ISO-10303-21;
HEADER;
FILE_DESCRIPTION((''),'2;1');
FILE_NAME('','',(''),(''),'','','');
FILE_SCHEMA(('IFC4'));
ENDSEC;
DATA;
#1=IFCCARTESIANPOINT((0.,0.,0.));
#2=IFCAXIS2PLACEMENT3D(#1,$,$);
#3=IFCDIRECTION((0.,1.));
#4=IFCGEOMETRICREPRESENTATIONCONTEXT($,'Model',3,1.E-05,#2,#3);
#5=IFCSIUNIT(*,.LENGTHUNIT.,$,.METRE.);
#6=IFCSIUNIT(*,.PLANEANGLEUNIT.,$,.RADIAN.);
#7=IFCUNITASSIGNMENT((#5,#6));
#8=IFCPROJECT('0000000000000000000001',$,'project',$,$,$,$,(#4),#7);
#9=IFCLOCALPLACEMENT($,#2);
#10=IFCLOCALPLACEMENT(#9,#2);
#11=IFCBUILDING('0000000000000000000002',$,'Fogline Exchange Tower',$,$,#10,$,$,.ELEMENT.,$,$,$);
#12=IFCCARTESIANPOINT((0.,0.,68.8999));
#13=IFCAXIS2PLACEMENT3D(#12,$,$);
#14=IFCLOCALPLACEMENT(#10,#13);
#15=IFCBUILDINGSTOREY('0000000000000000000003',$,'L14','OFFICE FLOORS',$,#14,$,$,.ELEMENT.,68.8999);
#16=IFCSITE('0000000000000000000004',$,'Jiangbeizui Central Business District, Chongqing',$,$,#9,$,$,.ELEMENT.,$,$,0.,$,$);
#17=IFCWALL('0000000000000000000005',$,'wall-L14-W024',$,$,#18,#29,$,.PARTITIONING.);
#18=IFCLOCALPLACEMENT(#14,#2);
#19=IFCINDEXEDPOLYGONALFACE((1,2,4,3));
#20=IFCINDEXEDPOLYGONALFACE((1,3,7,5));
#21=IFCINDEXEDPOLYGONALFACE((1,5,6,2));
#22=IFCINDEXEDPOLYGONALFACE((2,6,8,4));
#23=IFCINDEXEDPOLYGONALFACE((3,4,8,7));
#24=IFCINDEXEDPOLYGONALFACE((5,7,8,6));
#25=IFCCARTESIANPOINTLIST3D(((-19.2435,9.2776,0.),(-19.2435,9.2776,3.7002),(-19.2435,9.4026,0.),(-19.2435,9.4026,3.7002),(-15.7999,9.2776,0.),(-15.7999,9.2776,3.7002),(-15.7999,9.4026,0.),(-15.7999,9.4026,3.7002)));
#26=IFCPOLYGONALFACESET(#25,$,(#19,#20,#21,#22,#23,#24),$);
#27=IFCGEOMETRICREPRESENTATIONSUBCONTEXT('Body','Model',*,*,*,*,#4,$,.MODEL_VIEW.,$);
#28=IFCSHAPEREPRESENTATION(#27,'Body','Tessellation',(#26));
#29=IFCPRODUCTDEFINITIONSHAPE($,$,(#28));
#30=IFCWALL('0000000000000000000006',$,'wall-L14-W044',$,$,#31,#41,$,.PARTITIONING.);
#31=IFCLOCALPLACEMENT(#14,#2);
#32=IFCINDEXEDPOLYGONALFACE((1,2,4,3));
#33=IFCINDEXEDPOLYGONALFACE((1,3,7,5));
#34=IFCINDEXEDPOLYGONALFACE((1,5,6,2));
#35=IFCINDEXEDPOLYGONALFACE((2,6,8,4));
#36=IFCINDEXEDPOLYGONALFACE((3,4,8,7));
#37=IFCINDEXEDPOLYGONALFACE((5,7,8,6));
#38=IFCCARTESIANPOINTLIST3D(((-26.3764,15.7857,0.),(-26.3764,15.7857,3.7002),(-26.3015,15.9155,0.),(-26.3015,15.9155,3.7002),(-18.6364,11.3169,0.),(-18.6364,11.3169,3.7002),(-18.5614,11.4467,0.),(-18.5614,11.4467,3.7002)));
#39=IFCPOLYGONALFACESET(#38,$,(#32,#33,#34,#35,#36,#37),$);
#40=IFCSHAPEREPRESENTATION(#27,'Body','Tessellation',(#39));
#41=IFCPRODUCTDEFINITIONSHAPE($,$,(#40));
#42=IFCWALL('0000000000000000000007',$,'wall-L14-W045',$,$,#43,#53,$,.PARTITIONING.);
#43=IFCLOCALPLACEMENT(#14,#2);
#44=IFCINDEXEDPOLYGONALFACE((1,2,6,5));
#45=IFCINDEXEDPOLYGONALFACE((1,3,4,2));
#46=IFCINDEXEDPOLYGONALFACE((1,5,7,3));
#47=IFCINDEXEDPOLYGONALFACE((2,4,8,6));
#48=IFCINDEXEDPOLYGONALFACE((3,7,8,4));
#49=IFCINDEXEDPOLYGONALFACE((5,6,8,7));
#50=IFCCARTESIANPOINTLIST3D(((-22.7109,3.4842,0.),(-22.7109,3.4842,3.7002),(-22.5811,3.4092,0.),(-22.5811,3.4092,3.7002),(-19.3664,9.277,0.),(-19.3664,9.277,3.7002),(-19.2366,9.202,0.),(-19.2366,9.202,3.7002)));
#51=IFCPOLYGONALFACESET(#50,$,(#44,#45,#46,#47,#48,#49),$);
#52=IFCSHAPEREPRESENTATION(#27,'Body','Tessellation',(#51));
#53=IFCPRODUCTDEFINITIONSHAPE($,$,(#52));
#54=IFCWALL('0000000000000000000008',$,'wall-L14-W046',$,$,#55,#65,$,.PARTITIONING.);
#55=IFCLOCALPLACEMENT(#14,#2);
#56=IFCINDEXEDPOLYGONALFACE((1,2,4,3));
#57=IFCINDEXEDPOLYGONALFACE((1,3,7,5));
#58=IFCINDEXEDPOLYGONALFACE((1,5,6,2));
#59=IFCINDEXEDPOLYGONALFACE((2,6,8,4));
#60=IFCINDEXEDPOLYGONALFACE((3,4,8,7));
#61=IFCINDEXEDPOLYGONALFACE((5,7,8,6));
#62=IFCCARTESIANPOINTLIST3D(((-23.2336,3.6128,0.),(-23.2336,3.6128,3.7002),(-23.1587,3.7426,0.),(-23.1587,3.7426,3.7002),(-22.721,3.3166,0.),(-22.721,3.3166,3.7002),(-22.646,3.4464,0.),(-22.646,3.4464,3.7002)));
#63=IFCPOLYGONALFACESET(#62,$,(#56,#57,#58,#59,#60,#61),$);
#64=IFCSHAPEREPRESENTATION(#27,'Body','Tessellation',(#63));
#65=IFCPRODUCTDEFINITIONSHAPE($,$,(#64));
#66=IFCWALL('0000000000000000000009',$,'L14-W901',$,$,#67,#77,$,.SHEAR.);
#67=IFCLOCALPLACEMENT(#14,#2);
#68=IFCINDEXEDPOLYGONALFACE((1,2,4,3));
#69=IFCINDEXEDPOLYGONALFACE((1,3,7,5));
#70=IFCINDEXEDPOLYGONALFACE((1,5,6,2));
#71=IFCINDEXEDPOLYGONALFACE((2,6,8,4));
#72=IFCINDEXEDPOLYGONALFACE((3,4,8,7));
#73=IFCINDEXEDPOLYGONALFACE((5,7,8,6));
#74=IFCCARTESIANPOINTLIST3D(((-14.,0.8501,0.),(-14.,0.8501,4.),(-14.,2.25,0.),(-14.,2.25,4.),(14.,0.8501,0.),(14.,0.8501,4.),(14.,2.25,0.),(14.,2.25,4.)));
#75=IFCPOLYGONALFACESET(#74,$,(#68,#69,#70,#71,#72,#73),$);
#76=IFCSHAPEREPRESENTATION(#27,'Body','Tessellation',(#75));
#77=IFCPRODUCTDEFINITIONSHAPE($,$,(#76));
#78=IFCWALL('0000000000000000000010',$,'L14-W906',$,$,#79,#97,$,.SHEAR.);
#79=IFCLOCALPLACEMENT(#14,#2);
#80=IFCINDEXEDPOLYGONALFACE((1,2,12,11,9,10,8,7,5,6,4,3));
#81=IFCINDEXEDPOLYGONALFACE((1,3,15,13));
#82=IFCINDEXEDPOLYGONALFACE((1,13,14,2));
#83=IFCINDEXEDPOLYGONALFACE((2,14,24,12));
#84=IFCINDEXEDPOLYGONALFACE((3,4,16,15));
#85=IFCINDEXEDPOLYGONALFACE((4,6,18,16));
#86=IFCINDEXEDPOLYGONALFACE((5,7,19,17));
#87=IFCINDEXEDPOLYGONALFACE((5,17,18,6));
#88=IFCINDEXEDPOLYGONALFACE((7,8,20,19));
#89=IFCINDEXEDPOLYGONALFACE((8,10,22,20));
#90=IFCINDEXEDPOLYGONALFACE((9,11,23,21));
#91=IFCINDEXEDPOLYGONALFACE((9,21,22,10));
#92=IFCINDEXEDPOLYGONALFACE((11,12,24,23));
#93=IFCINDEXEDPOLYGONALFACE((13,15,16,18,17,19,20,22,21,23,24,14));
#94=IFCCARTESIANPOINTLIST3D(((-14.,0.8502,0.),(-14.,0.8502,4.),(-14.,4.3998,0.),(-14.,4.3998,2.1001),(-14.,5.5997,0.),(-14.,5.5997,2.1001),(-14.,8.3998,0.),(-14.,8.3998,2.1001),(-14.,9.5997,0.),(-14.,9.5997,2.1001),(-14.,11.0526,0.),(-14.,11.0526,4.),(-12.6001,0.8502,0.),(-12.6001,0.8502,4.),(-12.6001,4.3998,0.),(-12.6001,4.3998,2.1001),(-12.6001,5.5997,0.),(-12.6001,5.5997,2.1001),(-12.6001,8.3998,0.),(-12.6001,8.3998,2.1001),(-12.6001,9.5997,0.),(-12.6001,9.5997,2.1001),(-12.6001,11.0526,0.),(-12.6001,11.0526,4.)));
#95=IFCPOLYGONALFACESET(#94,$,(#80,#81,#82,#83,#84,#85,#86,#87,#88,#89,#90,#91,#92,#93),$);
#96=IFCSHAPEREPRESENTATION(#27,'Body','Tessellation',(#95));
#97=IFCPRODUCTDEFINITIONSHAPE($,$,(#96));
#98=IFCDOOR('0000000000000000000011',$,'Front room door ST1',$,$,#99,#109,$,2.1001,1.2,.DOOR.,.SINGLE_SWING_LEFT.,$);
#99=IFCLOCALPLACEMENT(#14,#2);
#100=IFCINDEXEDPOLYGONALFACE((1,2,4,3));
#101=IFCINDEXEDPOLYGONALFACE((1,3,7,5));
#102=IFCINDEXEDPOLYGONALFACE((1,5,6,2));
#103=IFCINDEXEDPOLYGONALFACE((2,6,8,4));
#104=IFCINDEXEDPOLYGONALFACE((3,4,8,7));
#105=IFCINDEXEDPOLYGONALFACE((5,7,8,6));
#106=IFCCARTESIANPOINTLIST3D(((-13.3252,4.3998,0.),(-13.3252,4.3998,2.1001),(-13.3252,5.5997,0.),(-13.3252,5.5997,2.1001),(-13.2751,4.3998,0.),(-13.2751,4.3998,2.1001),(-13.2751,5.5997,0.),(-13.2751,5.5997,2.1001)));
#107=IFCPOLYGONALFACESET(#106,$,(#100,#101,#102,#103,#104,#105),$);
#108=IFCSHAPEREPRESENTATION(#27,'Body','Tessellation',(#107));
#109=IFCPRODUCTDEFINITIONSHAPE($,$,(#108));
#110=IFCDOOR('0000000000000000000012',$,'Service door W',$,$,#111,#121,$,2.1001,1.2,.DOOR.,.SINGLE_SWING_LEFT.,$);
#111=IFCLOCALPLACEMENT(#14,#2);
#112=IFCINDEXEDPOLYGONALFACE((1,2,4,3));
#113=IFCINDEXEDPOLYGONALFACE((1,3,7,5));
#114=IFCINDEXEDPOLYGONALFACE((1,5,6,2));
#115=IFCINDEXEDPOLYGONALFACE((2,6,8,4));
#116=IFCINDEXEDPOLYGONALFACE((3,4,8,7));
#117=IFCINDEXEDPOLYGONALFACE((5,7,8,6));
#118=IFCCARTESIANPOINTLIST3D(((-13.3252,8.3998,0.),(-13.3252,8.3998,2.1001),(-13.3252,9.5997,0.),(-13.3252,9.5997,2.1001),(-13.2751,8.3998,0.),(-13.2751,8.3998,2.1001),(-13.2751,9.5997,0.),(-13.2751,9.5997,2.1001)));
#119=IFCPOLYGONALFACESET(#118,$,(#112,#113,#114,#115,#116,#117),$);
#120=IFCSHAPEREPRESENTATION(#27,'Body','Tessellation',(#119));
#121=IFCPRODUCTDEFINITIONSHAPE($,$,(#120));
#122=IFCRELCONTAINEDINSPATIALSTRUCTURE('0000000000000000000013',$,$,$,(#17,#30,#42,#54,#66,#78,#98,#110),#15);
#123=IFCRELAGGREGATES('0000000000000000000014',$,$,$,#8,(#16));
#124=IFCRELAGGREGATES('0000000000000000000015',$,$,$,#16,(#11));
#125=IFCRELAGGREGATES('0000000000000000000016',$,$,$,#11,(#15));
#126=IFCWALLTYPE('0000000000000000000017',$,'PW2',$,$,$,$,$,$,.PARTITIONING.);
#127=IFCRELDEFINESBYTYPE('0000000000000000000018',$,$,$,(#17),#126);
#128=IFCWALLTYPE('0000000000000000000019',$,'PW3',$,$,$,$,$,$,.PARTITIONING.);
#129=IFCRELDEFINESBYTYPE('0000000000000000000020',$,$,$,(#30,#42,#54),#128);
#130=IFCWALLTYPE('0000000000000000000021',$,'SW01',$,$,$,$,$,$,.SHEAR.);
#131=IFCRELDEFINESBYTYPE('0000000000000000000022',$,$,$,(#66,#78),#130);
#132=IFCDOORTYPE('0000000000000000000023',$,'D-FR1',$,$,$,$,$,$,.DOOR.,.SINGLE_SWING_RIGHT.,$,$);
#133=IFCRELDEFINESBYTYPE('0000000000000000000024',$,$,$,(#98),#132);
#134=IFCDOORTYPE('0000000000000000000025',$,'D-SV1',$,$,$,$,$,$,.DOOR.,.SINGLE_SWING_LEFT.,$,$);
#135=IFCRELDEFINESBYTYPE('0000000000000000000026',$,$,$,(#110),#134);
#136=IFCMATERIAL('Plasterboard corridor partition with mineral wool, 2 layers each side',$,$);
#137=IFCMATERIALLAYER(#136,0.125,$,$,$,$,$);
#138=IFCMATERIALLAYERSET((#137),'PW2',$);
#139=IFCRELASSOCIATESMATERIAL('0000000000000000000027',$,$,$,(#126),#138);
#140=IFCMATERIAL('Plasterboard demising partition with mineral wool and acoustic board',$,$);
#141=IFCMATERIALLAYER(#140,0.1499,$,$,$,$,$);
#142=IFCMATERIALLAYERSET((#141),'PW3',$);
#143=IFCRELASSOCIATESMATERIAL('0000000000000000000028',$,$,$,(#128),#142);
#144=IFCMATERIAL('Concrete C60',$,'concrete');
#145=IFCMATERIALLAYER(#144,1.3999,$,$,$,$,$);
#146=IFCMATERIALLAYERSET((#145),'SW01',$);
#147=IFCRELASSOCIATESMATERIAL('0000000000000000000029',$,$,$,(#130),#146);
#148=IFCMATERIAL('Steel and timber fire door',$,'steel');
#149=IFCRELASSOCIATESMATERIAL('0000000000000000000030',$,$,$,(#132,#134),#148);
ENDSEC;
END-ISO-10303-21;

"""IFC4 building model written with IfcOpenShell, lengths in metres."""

from ifc_helpers import new_model, si_unit, direction, frame, frame_2d, origin, place, context, subcontext, project, spatial, rectangle, extrude, material, layer, layer_set, type_object, element, fill, save


model = new_model("IFC4")

# Units and contexts
model_context = context("Model", 3, precision=1e-05, world=origin(), true_north=direction((0.0, 1.0)))
body_context = subcontext(model_context, "Body", "Model", "MODEL_VIEW")
ifc_project = project(units=[si_unit("LENGTHUNIT", "METRE"), si_unit("PLANEANGLEUNIT", "RADIAN")], contexts=[model_context])

# Site, building, storey
site_placement = place(None, origin())
site = spatial("IfcSite", under=ifc_project, at=site_placement, Name="Jiangbeizui Central Business District, Chongqing", CompositionType="ELEMENT", RefElevation=0.0)
building_placement = place(site_placement, origin())
building = spatial("IfcBuilding", under=site, at=building_placement, Name="Fogline Exchange Tower", CompositionType="ELEMENT")
storey_placement = place(building_placement, frame((0.0, 0.0, 68.8999)))
storey = spatial("IfcBuildingStorey", under=building, at=storey_placement, Name="L14", Description="OFFICE FLOORS", CompositionType="ELEMENT", Elevation=68.8999)

# Shared definitions
ifc_material_1 = material(Name="Plasterboard corridor partition with mineral wool, 2 layers each side")
ifc_layer_1 = layer(ifc_material_1, 0.125)
ifc_layer_set_1 = layer_set([ifc_layer_1], Name="PW2")
wall_type_1 = type_object("IfcWallType", Name="PW2", PredefinedType="PARTITIONING", material=ifc_layer_set_1)

# Walls
wall_1_placement = place(storey_placement, frame((-15.8, 9.3401, 0.0), z_axis=(0.0, 0.0, 1.0), x_axis=(-1.0, 0.0, 0.0)))
element("IfcWall", 1, at=wall_1_placement, inside=storey, type_object=wall_type_1, Name="wall-L14-W024", PredefinedType="PARTITIONING", context=body_context, shape_type="SweptSolid", body=[
    extrude(rectangle(XDim=3.4436, YDim=0.125, at=frame_2d((1.7217, 0.0))), origin(), (0.0, 0.0, 1.0), 3.7002),
])
ifc_material_2 = material(Name="Plasterboard demising partition with mineral wool and acoustic board")
ifc_layer_2 = layer(ifc_material_2, 0.1499)
ifc_layer_set_2 = layer_set([ifc_layer_2], Name="PW3")
wall_type_2 = type_object("IfcWallType", Name="PW3", PredefinedType="PARTITIONING", material=ifc_layer_set_2)
wall_2_placement = place(storey_placement, frame((-18.5989, 11.3818, 0.0), z_axis=(0.0, 0.0, 1.0), x_axis=(-0.866022, 0.500005, 0.0)))
element("IfcWall", 2, at=wall_2_placement, inside=storey, type_object=wall_type_2, Name="wall-L14-W044", PredefinedType="PARTITIONING", context=body_context, shape_type="SweptSolid", body=[
    extrude(rectangle(XDim=8.9375, YDim=0.1499, at=frame_2d((4.4688, 0.0))), origin(), (0.0, 0.0, 1.0), 3.7002),
])
wall_3_placement = place(storey_placement, frame((-19.3015, 9.2395, 0.0), z_axis=(0.0, 0.0, 1.0), x_axis=(-0.500006, -0.866022, 0.0)))
element("IfcWall", 3, at=wall_3_placement, inside=storey, type_object=wall_type_2, Name="wall-L14-W045", PredefinedType="PARTITIONING", context=body_context, shape_type="SweptSolid", body=[
    extrude(rectangle(XDim=6.689, YDim=0.1499, at=frame_2d((3.3445, 0.0))), origin(), (0.0, 0.0, 1.0), 3.7002),
])
wall_4_placement = place(storey_placement, frame((-22.6836, 3.3816, 0.0), z_axis=(0.0, 0.0, 1.0), x_axis=(-0.865925, 0.500175, 0.0)))
element("IfcWall", 4, at=wall_4_placement, inside=storey, type_object=wall_type_2, Name="wall-L14-W046", PredefinedType="PARTITIONING", context=body_context, shape_type="SweptSolid", body=[
    extrude(rectangle(XDim=0.592, YDim=0.1499, at=frame_2d((0.2959, 0.0))), origin(), (0.0, 0.0, 1.0), 3.7002),
])
ifc_material_3 = material(Name="Concrete C60", Category="concrete")
ifc_layer_3 = layer(ifc_material_3, 1.3999)
ifc_layer_set_3 = layer_set([ifc_layer_3], Name="SW01")
wall_type_3 = type_object("IfcWallType", Name="SW01", PredefinedType="SHEAR", material=ifc_layer_set_3)
wall_5_placement = place(storey_placement, frame((-14.0, 1.55, 0.0), z_axis=(0.0, 0.0, 1.0), x_axis=(1.0, 0.0, 0.0)))
element("IfcWall", 5, at=wall_5_placement, inside=storey, type_object=wall_type_3, Name="L14-W901", PredefinedType="SHEAR", context=body_context, shape_type="SweptSolid", body=[
    extrude(rectangle(XDim=28.0, YDim=1.3999, at=frame_2d((14.0, 0.0))), origin(), (0.0, 0.0, 1.0), 4.0),
])

# Wall, openings, doors
wall_6_placement = place(storey_placement, frame((-13.3, 11.0525, 0.0), z_axis=(0.0, 0.0, 1.0), x_axis=(0.0, -1.0, 0.0)))
wall_6 = element("IfcWall", 6, at=wall_6_placement, inside=storey, type_object=wall_type_3, Name="L14-W906", PredefinedType="SHEAR", context=body_context, shape_type="SweptSolid", body=[
    extrude(rectangle(XDim=10.2024, YDim=1.3999, at=frame_2d((5.1011, 0.0))), origin(), (0.0, 0.0, 1.0), 4.0),
])
opening_1_placement = place(wall_6_placement, frame((5.4526, 0.0, 0.0)))
opening_1 = element("IfcOpeningElement", 7, at=opening_1_placement, cuts=wall_6, PredefinedType="OPENING", context=body_context, shape_type="SweptSolid", body=[
    extrude(rectangle(XDim=1.2, YDim=2.1001, at=frame_2d((0.6001, 1.05))), frame((0.0, 0.71, 0.0), z_axis=(0.0, -1.0, 0.0), x_axis=(1.0, 0.0, 0.0)), (0.0, 0.0, 1.0), 1.4199),
])
opening_2_placement = place(wall_6_placement, frame((1.4526, 0.0, 0.0)))
opening_2 = element("IfcOpeningElement", 8, at=opening_2_placement, cuts=wall_6, PredefinedType="OPENING", context=body_context, shape_type="SweptSolid", body=[
    extrude(rectangle(XDim=1.2, YDim=2.1001, at=frame_2d((0.6001, 1.05))), frame((0.0, 0.71, 0.0), z_axis=(0.0, -1.0, 0.0), x_axis=(1.0, 0.0, 0.0)), (0.0, 0.0, 1.0), 1.4199),
])
ifc_material_4 = material(Name="Steel and timber fire door", Category="steel")
door_type_1 = type_object("IfcDoorType", Name="D-FR1", OperationType="SINGLE_SWING_RIGHT", PredefinedType="DOOR", material=ifc_material_4)
door_1_placement = place(opening_1_placement, origin())
door_1 = element("IfcDoor", 9, at=door_1_placement, inside=storey, type_object=door_type_1, Name="Front room door ST1", OperationType="SINGLE_SWING_LEFT", OverallHeight=2.1001, OverallWidth=1.2, PredefinedType="DOOR", context=body_context, shape_type="SweptSolid", body=[
    extrude(rectangle(XDim=1.2, YDim=2.1001, at=frame_2d((0.6001, 1.05))), frame((0.0, 0.0249, 0.0), z_axis=(0.0, -1.0, 0.0), x_axis=(1.0, 0.0, 0.0)), (0.0, 0.0, 1.0), 0.05),
])
fill(opening_1, door_1)
door_type_2 = type_object("IfcDoorType", Name="D-SV1", OperationType="SINGLE_SWING_LEFT", PredefinedType="DOOR", material=ifc_material_4)
door_2_placement = place(opening_2_placement, origin())
door_2 = element("IfcDoor", 10, at=door_2_placement, inside=storey, type_object=door_type_2, Name="Service door W", OperationType="SINGLE_SWING_LEFT", OverallHeight=2.1001, OverallWidth=1.2, PredefinedType="DOOR", context=body_context, shape_type="SweptSolid", body=[
    extrude(rectangle(XDim=1.2, YDim=2.1001, at=frame_2d((0.6001, 1.05))), frame((0.0, 0.0249, 0.0), z_axis=(0.0, -1.0, 0.0), x_axis=(1.0, 0.0, 0.0)), (0.0, 0.0, 1.0), 0.05),
])
fill(opening_2, door_2)

save(model, "model.ifc")
